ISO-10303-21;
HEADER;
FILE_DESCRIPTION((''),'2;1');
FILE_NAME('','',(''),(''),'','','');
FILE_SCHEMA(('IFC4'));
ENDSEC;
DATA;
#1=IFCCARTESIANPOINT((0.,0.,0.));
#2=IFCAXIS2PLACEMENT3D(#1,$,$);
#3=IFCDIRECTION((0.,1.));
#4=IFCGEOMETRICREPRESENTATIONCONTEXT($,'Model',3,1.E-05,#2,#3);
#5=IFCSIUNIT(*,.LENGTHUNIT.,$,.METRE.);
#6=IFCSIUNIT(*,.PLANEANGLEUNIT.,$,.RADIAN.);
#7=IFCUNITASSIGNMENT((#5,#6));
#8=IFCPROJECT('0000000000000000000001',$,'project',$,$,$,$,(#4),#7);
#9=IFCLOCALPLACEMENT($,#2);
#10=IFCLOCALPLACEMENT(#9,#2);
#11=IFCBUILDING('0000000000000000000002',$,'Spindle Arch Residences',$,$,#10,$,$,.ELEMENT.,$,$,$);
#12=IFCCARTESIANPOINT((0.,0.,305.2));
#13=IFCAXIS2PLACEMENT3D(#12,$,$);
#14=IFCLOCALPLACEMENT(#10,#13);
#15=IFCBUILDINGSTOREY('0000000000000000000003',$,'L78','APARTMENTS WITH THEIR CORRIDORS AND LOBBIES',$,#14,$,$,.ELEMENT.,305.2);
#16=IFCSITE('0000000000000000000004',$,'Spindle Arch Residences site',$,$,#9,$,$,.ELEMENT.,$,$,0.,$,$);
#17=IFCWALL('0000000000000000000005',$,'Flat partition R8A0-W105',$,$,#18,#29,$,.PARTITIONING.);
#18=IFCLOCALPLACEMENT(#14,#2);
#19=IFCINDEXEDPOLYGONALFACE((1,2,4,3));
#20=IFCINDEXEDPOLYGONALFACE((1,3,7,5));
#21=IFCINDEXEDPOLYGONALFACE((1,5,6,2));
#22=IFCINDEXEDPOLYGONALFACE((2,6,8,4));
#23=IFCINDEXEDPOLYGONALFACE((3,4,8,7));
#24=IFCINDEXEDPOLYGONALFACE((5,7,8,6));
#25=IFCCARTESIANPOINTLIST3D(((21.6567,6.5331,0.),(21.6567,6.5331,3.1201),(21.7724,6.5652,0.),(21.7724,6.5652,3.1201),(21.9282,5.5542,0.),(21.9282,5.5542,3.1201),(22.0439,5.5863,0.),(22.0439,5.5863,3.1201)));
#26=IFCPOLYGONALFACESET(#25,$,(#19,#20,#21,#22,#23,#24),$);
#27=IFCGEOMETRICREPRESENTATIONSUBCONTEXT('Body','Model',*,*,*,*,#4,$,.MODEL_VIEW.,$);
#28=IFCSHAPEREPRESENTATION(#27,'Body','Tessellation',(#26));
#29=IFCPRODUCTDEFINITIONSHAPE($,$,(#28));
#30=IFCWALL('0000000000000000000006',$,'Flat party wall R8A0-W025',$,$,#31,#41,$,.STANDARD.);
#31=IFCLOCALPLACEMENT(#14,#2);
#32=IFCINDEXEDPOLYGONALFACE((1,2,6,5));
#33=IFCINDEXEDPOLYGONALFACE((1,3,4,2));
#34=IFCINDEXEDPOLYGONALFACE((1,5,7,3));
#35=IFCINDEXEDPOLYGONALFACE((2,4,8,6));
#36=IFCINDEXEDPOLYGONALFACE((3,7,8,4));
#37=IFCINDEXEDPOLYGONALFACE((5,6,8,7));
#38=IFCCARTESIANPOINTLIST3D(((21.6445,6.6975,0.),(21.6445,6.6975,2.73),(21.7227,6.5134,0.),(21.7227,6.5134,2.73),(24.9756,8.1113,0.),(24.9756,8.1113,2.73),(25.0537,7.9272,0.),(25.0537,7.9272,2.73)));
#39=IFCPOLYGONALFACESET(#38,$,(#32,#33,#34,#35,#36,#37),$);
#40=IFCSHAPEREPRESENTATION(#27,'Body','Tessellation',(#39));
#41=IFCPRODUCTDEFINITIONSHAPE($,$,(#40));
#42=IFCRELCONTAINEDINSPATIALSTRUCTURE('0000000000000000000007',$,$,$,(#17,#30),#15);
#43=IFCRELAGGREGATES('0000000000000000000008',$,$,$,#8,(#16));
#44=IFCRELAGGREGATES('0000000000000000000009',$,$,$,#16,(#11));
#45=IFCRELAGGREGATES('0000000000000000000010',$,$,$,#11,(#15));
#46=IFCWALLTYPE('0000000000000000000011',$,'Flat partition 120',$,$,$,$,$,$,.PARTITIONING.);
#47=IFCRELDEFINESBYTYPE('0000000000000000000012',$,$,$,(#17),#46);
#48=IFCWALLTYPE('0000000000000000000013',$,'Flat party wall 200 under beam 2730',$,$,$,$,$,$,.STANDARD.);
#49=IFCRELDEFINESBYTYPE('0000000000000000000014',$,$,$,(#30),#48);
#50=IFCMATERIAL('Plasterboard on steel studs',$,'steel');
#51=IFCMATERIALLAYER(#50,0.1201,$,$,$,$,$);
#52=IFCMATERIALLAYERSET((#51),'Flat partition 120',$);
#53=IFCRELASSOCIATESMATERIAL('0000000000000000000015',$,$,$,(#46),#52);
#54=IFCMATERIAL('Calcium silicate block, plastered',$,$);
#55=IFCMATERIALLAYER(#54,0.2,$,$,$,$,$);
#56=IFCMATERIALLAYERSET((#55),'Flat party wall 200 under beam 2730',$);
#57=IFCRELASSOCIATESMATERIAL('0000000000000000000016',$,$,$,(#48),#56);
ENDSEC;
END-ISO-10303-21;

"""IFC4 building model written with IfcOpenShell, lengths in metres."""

from ifc_helpers import new_model, si_unit, direction, frame, frame_2d, origin, place, context, subcontext, project, spatial, rectangle, extrude, material, layer, layer_set, type_object, element, save


model = new_model("IFC4")

# Units and contexts
model_context = context("Model", 3, precision=1e-05, world=origin(), true_north=direction((0.0, 1.0)))
body_context = subcontext(model_context, "Body", "Model", "MODEL_VIEW")
ifc_project = project(units=[si_unit("LENGTHUNIT", "METRE"), si_unit("PLANEANGLEUNIT", "RADIAN")], contexts=[model_context])

# Site, building, storey
site_placement = place(None, origin())
site = spatial("IfcSite", under=ifc_project, at=site_placement, Name="Spindle Arch Residences site", CompositionType="ELEMENT", RefElevation=0.0)
building_placement = place(site_placement, origin())
building = spatial("IfcBuilding", under=site, at=building_placement, Name="Spindle Arch Residences", CompositionType="ELEMENT")
storey_placement = place(building_placement, frame((0.0, 0.0, 305.2)))
storey = spatial("IfcBuildingStorey", under=building, at=storey_placement, Name="L78", Description="APARTMENTS WITH THEIR CORRIDORS AND LOBBIES", CompositionType="ELEMENT", Elevation=305.2)

# Shared definitions
ifc_material_1 = material(Name="Plasterboard on steel studs", Category="steel")
ifc_layer_1 = layer(ifc_material_1, 0.1201)
ifc_layer_set_1 = layer_set([ifc_layer_1], Name="Flat partition 120")
wall_type_1 = type_object("IfcWallType", Name="Flat partition 120", PredefinedType="PARTITIONING", material=ifc_layer_set_1)

# Walls
wall_1_placement = place(storey_placement, frame((21.7146, 6.5491, 0.0), z_axis=(0.0, 0.0, 1.0), x_axis=(0.267222, -0.963635, 0.0)))
element("IfcWall", 1, at=wall_1_placement, inside=storey, type_object=wall_type_1, Name="Flat partition R8A0-W105", PredefinedType="PARTITIONING", context=body_context, shape_type="SweptSolid", body=[
    extrude(rectangle(XDim=1.0159, YDim=0.1201, at=frame_2d((0.5078, 0.0))), origin(), (0.0, 0.0, 1.0), 3.1201),
])
ifc_material_2 = material(Name="Calcium silicate block, plastered")
ifc_layer_2 = layer(ifc_material_2, 0.2)
ifc_layer_set_2 = layer_set([ifc_layer_2], Name="Flat party wall 200 under beam 2730")
wall_type_2 = type_object("IfcWallType", Name="Flat party wall 200 under beam 2730", PredefinedType="STANDARD", material=ifc_layer_set_2)
wall_2_placement = place(storey_placement, frame((21.6836, 6.6055, 0.0), z_axis=(0.0, 0.0, 1.0), x_axis=(0.920518, 0.390701, 0.0)))
element("IfcWall", 2, at=wall_2_placement, inside=storey, type_object=wall_type_2, Name="Flat party wall R8A0-W025", PredefinedType="STANDARD", context=body_context, shape_type="SweptSolid", body=[
    extrude(rectangle(XDim=3.6187, YDim=0.2, at=frame_2d((1.8093, 0.0))), origin(), (0.0, 0.0, 1.0), 2.73),
])

save(model, "model.ifc")
